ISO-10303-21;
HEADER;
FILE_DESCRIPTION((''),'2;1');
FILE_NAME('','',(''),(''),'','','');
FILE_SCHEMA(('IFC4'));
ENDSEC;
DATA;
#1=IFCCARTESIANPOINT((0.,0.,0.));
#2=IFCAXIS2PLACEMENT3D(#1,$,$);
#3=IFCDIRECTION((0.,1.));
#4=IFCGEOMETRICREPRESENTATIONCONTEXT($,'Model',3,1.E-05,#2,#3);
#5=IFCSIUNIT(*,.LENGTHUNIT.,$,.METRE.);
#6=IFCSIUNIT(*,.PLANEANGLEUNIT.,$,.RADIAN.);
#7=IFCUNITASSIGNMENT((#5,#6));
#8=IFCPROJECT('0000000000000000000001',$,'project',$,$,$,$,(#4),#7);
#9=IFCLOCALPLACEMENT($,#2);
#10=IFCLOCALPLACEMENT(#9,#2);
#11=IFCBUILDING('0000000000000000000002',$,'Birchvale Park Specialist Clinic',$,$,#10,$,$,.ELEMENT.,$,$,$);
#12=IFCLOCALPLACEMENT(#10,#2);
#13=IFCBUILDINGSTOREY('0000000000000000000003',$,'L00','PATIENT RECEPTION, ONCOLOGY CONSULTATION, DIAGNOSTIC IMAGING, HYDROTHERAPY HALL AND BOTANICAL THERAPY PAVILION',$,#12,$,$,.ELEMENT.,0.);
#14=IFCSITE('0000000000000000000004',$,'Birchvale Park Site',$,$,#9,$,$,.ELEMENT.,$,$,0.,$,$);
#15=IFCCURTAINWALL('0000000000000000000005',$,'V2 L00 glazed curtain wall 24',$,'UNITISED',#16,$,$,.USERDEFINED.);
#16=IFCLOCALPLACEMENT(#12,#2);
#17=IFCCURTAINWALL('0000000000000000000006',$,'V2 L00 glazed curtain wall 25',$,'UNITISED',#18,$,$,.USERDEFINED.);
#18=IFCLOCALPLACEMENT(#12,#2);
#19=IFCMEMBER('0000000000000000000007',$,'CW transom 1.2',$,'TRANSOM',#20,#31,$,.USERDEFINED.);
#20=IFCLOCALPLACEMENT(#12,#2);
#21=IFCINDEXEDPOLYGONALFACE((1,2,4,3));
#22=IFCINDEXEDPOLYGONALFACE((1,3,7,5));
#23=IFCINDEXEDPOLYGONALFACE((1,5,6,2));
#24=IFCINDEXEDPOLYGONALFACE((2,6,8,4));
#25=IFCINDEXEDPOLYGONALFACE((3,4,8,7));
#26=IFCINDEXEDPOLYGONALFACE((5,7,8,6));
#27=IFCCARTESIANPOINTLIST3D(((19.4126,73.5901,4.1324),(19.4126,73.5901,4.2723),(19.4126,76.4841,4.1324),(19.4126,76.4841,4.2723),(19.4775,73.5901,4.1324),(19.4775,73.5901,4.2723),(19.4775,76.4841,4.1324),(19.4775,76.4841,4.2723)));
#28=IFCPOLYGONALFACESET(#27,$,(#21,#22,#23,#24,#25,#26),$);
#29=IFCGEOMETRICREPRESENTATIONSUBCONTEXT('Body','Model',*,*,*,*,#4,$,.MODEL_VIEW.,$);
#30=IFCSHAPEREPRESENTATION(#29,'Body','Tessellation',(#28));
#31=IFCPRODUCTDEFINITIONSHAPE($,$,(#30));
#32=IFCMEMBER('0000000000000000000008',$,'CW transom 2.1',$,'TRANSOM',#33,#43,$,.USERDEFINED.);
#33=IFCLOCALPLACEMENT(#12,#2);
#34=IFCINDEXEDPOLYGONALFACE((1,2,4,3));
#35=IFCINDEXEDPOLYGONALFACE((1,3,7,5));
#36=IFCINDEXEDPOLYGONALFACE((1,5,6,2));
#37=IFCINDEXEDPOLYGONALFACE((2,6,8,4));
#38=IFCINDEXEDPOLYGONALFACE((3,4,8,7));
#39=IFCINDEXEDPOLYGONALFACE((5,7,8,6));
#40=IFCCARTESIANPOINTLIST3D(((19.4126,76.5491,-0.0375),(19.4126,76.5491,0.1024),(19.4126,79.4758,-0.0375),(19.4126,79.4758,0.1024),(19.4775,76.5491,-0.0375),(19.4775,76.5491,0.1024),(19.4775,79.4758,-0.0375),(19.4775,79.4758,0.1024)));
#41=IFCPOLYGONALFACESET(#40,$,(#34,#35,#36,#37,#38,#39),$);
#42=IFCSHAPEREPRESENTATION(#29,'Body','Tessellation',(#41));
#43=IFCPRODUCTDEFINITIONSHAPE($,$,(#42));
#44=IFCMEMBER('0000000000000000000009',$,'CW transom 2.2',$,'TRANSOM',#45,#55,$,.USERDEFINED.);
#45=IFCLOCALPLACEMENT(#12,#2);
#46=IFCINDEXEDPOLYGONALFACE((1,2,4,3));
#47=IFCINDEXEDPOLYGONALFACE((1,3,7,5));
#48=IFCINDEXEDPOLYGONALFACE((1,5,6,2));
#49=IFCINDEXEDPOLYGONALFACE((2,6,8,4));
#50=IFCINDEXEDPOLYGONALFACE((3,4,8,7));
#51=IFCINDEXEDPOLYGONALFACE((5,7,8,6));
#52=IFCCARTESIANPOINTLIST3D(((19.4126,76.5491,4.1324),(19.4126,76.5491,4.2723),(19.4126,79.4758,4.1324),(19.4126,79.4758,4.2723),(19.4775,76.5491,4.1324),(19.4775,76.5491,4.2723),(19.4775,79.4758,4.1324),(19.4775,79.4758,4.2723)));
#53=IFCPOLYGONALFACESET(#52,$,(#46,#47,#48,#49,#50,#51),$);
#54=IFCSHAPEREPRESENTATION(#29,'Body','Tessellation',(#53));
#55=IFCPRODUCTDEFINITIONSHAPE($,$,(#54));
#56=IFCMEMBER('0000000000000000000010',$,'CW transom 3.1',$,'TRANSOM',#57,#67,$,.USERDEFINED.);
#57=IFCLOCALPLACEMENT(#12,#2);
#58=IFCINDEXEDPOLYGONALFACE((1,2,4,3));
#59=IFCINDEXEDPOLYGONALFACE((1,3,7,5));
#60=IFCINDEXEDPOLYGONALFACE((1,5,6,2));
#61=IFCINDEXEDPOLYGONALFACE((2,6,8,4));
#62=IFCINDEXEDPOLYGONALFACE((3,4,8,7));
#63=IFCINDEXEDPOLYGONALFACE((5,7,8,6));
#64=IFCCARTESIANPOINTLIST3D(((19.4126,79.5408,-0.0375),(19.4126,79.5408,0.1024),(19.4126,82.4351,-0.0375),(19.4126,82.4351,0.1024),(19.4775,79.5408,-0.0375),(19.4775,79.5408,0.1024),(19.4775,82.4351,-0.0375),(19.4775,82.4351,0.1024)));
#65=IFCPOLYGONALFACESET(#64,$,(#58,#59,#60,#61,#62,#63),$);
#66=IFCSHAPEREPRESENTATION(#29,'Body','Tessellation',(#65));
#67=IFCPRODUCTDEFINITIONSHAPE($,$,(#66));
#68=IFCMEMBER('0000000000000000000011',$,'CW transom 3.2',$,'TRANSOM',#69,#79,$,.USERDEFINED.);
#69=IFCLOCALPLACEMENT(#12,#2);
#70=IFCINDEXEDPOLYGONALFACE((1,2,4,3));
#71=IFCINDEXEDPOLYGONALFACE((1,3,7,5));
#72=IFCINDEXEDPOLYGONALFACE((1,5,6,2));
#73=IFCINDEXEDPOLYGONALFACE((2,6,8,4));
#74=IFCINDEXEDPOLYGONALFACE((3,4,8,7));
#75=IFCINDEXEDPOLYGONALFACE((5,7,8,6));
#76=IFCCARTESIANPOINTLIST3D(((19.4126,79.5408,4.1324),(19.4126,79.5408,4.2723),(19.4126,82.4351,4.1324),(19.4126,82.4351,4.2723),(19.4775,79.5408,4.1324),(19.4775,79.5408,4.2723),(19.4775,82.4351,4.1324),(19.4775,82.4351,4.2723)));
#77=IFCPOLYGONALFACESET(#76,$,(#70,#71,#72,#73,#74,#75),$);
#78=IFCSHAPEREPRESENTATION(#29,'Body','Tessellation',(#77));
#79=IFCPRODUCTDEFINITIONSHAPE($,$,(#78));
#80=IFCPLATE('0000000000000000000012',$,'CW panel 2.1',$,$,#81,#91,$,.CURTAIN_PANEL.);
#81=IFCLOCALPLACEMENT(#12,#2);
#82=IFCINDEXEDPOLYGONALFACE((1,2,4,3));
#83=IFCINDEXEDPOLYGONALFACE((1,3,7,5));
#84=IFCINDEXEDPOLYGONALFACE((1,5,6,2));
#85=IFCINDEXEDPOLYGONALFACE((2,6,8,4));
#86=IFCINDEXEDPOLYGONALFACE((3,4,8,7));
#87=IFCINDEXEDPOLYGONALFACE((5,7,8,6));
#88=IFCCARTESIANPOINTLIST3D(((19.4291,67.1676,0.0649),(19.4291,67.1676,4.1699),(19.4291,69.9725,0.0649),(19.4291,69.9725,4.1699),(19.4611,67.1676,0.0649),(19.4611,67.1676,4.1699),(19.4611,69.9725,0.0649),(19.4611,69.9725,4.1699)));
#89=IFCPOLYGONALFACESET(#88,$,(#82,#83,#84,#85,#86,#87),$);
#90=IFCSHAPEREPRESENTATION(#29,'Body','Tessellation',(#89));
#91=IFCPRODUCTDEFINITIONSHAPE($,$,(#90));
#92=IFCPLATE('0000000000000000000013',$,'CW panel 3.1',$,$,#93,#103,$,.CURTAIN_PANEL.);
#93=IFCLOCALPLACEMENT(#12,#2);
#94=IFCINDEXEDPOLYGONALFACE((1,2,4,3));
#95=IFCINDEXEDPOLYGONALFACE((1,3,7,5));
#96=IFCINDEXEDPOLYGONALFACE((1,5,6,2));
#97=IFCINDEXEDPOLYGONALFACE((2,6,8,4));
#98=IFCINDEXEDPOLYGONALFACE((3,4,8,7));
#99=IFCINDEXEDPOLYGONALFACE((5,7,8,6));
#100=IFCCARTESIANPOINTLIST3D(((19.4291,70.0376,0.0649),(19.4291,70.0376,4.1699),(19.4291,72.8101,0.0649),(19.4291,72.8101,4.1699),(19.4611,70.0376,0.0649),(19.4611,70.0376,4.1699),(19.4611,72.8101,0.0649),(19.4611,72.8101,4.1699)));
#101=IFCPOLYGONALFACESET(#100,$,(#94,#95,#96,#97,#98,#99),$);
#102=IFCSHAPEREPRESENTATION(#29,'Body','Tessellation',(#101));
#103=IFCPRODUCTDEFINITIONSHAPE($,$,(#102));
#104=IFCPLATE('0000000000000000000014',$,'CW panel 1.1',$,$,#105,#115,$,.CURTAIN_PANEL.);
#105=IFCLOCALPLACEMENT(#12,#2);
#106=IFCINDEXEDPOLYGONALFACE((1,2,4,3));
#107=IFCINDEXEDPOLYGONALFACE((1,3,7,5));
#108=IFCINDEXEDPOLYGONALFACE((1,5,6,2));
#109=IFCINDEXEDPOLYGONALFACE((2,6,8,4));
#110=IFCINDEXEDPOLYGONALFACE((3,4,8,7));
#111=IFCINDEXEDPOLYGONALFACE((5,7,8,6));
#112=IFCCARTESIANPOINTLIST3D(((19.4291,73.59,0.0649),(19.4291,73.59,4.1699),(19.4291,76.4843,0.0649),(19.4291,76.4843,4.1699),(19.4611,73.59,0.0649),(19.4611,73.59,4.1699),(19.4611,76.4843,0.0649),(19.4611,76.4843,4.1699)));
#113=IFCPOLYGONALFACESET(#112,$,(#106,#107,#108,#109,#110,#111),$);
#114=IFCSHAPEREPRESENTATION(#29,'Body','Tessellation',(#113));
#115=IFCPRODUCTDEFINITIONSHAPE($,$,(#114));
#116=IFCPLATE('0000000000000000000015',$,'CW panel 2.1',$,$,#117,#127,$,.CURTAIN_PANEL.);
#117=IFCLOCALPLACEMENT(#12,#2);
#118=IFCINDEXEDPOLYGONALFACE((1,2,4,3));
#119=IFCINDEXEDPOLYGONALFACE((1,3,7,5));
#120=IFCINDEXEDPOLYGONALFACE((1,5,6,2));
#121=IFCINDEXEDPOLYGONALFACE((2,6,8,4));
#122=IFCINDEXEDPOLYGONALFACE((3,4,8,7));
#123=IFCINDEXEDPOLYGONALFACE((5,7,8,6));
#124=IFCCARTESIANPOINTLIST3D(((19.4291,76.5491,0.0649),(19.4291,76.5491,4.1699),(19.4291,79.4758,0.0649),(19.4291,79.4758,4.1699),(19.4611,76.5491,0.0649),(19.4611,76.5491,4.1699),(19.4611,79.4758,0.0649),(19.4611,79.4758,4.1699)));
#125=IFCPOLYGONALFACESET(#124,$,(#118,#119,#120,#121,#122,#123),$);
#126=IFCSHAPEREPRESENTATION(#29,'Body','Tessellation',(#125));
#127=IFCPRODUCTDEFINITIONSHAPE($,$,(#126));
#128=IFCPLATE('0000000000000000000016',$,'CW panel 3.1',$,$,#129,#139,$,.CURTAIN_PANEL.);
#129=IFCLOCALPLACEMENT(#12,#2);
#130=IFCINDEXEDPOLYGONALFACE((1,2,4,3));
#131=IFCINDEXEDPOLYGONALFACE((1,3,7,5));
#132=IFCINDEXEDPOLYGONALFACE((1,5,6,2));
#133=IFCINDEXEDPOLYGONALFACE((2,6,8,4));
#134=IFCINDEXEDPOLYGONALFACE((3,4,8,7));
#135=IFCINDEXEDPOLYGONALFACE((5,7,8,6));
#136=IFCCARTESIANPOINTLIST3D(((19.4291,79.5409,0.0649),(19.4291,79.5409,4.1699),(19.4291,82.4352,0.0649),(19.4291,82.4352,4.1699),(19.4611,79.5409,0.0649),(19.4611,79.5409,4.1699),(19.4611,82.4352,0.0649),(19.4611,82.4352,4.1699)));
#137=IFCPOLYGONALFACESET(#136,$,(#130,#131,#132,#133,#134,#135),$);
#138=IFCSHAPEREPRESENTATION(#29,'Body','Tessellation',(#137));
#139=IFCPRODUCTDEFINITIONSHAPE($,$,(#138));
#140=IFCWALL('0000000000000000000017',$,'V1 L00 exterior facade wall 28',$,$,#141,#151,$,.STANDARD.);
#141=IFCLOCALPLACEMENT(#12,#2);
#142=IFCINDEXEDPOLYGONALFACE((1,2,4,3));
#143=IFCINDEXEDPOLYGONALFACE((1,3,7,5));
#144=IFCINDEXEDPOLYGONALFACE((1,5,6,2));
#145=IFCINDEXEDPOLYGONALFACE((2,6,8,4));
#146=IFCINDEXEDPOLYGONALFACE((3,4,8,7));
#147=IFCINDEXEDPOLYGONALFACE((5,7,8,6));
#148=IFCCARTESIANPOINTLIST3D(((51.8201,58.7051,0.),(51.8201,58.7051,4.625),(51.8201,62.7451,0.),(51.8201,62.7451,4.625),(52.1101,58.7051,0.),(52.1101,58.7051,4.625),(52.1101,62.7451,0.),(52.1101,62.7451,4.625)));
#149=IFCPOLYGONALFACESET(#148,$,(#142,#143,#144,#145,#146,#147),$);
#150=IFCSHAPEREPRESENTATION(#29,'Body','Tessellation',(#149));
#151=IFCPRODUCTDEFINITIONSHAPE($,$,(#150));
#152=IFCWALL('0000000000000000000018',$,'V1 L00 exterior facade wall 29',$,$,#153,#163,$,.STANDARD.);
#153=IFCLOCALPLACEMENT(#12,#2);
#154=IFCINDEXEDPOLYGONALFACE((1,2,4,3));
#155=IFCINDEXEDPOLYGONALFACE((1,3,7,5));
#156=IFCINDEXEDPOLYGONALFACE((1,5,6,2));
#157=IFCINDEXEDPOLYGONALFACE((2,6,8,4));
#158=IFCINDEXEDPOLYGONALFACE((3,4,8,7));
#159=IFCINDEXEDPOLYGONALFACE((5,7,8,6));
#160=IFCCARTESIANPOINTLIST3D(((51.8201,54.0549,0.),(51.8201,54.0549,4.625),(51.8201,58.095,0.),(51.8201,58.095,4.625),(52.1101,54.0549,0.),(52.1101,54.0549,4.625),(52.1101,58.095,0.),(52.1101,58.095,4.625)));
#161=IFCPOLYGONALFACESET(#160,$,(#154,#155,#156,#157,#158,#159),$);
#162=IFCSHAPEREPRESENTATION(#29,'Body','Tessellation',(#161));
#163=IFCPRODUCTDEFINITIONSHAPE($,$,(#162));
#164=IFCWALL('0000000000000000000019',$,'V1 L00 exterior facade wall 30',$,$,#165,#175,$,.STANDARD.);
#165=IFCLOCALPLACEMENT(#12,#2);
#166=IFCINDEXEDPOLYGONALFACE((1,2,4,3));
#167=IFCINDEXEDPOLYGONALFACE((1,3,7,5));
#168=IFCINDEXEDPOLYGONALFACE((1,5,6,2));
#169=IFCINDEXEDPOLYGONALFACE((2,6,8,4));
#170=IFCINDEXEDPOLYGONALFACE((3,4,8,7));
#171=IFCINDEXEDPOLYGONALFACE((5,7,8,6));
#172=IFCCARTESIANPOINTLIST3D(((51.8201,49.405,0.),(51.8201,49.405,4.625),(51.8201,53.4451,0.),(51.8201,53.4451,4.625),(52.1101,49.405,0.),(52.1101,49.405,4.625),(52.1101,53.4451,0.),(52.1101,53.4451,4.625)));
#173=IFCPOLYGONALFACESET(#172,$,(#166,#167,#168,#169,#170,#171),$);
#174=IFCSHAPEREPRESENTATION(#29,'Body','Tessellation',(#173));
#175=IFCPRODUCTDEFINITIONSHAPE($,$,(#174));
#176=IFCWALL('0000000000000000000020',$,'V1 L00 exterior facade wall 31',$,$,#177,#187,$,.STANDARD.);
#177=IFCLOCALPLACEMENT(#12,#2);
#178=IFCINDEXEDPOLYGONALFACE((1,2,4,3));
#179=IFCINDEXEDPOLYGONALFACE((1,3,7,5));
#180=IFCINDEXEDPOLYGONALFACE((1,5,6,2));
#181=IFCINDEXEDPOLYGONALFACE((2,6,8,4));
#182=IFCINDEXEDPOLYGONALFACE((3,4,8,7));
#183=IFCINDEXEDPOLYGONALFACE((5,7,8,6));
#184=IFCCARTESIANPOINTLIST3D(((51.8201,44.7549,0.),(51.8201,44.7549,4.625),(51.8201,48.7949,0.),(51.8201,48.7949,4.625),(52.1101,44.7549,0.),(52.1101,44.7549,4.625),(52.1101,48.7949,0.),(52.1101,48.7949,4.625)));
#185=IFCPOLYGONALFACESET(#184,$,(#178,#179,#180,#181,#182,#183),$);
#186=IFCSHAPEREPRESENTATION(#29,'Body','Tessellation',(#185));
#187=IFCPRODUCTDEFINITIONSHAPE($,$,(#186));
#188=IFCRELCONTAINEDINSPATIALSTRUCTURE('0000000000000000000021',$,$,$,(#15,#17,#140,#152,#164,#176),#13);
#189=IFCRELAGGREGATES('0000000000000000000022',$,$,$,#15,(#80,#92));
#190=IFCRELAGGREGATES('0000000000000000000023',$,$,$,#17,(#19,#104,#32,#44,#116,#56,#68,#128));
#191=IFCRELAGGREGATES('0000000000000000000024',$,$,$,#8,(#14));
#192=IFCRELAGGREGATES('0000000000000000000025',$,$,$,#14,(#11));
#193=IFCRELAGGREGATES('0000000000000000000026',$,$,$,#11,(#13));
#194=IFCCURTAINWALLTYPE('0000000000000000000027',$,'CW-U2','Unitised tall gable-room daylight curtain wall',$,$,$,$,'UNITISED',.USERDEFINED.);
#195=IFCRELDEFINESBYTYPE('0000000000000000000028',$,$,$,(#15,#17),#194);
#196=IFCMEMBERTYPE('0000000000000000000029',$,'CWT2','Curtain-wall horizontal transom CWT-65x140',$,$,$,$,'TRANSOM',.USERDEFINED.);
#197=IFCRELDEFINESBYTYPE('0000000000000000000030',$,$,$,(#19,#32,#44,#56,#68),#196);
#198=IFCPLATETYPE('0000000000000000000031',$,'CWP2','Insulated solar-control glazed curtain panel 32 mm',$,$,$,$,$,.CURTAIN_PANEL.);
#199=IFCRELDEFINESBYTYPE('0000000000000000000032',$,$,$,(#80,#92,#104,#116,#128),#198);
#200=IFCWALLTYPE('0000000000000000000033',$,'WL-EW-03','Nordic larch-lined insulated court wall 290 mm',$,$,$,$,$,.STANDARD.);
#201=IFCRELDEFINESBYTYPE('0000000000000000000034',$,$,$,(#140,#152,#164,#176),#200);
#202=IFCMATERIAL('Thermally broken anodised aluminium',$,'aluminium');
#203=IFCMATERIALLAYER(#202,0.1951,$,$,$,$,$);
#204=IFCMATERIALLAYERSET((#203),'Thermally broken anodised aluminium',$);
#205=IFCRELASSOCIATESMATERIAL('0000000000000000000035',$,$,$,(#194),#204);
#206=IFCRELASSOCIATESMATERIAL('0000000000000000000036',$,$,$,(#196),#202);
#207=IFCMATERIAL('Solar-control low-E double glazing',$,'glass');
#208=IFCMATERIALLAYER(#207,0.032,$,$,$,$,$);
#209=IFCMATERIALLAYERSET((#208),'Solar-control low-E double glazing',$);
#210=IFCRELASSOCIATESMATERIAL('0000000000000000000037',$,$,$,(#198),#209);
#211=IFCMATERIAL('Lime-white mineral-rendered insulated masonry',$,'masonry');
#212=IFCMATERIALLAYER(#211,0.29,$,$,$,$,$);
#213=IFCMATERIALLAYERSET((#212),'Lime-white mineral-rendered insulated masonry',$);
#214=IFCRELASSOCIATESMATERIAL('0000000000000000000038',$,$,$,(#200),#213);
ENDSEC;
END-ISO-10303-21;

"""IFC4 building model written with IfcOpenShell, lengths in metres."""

from ifc_helpers import new_model, si_unit, direction, frame, frame_2d, origin, origin_2d, place, context, subcontext, project, spatial, rectangle, extrude, material, layer, layer_set, material_profile, profile_set, type_object, element, aggregate, save


model = new_model("IFC4")

# Units and contexts
model_context = context("Model", 3, precision=1e-05, world=origin(), true_north=direction((0.0, 1.0)))
body_context = subcontext(model_context, "Body", "Model", "MODEL_VIEW")
ifc_project = project(units=[si_unit("LENGTHUNIT", "METRE"), si_unit("PLANEANGLEUNIT", "RADIAN")], contexts=[model_context])

# Site, building, storey
site_placement = place(None, origin())
site = spatial("IfcSite", under=ifc_project, at=site_placement, Name="Birchvale Park Site", CompositionType="ELEMENT", RefElevation=0.0)
building_placement = place(site_placement, origin())
building = spatial("IfcBuilding", under=site, at=building_placement, Name="Birchvale Park Specialist Clinic", CompositionType="ELEMENT")
storey_placement = place(building_placement, origin())
storey = spatial("IfcBuildingStorey", under=building, at=storey_placement, Name="L00", Description="PATIENT RECEPTION, ONCOLOGY CONSULTATION, DIAGNOSTIC IMAGING, HYDROTHERAPY HALL AND BOTANICAL THERAPY PAVILION", CompositionType="ELEMENT", Elevation=0.0)

# Curtain walls
ifc_material_1 = material(Name="Thermally broken anodised aluminium", Category="aluminium")
ifc_layer_1 = layer(ifc_material_1, 0.1951)
ifc_layer_set_1 = layer_set([ifc_layer_1], Name="Thermally broken anodised aluminium")
curtain_wall_type = type_object("IfcCurtainWallType", Name="CW-U2", Description="Unitised tall gable-room daylight curtain wall", ElementType="UNITISED", PredefinedType="USERDEFINED", material=ifc_layer_set_1)
curtain_wall_1_placement = place(storey_placement, origin())
curtain_wall_1 = element("IfcCurtainWall", 1, at=curtain_wall_1_placement, inside=storey, type_object=curtain_wall_type, Name="V2 L00 glazed curtain wall 24", ObjectType="UNITISED", PredefinedType="USERDEFINED")
curtain_wall_2_placement = place(storey_placement, origin())
curtain_wall_2 = element("IfcCurtainWall", 2, at=curtain_wall_2_placement, inside=storey, type_object=curtain_wall_type, Name="V2 L00 glazed curtain wall 25", ObjectType="UNITISED", PredefinedType="USERDEFINED")

# Members
ifc_material_profile_1 = material_profile(ifc_material_1, rectangle(XDim=0.0649, YDim=0.1399, at=origin_2d()), Name="CWT-65x140")
ifc_profile_set_1 = profile_set([ifc_material_profile_1], Name="Thermally broken anodised aluminium")
member_type_1 = type_object("IfcMemberType", Name="CWT2", Description="Curtain-wall horizontal transom CWT-65x140", ElementType="TRANSOM", PredefinedType="USERDEFINED", material=ifc_profile_set_1)
member_1_placement = place(storey_placement, frame((19.4451, 73.5901, 4.2024), z_axis=(0.0, 1.0, 0.0), x_axis=(-1.0, 0.0, 0.0)))
member_1 = element("IfcMember", 3, at=member_1_placement, type_object=member_type_1, Name="CW transom 1.2", ObjectType="TRANSOM", PredefinedType="USERDEFINED", context=body_context, shape_type="SweptSolid", body=[
    extrude(rectangle(XDim=0.0649, YDim=0.1399, at=origin_2d()), origin(), (0.0, 0.0, 1.0), 2.894),
])
member_2_placement = place(storey_placement, frame((19.4451, 76.5491, 0.0325), z_axis=(0.0, 1.0, 0.0), x_axis=(-1.0, 0.0, 0.0)))
member_2 = element("IfcMember", 4, at=member_2_placement, type_object=member_type_1, Name="CW transom 2.1", ObjectType="TRANSOM", PredefinedType="USERDEFINED", context=body_context, shape_type="SweptSolid", body=[
    extrude(rectangle(XDim=0.0649, YDim=0.1399, at=origin_2d()), origin(), (0.0, 0.0, 1.0), 2.9268),
])
member_3_placement = place(storey_placement, frame((19.4451, 76.5491, 4.2024), z_axis=(0.0, 1.0, 0.0), x_axis=(-1.0, 0.0, 0.0)))
member_3 = element("IfcMember", 5, at=member_3_placement, type_object=member_type_1, Name="CW transom 2.2", ObjectType="TRANSOM", PredefinedType="USERDEFINED", context=body_context, shape_type="SweptSolid", body=[
    extrude(rectangle(XDim=0.0649, YDim=0.1399, at=origin_2d()), origin(), (0.0, 0.0, 1.0), 2.9268),
])
member_4_placement = place(storey_placement, frame((19.4451, 79.5408, 0.0325), z_axis=(0.0, 1.0, 0.0), x_axis=(-1.0, 0.0, 0.0)))
member_4 = element("IfcMember", 6, at=member_4_placement, type_object=member_type_1, Name="CW transom 3.1", ObjectType="TRANSOM", PredefinedType="USERDEFINED", context=body_context, shape_type="SweptSolid", body=[
    extrude(rectangle(XDim=0.0649, YDim=0.1399, at=origin_2d()), origin(), (0.0, 0.0, 1.0), 2.8943),
])
member_5_placement = place(storey_placement, frame((19.4451, 79.5408, 4.2024), z_axis=(0.0, 1.0, 0.0), x_axis=(-1.0, 0.0, 0.0)))
member_5 = element("IfcMember", 7, at=member_5_placement, type_object=member_type_1, Name="CW transom 3.2", ObjectType="TRANSOM", PredefinedType="USERDEFINED", context=body_context, shape_type="SweptSolid", body=[
    extrude(rectangle(XDim=0.0649, YDim=0.1399, at=origin_2d()), origin(), (0.0, 0.0, 1.0), 2.8943),
])

# Plates
ifc_material_2 = material(Name="Solar-control low-E double glazing", Category="glass")
ifc_layer_2 = layer(ifc_material_2, 0.032)
ifc_layer_set_2 = layer_set([ifc_layer_2], Name="Solar-control low-E double glazing")
plate_type = type_object("IfcPlateType", Name="CWP2", Description="Insulated solar-control glazed curtain panel 32 mm", PredefinedType="CURTAIN_PANEL", material=ifc_layer_set_2)
plate_1_placement = place(storey_placement, frame((19.4451, 68.5701, 0.0649), z_axis=(0.0, 0.0, 1.0), x_axis=(0.0, 1.0, 0.0)))
plate_1 = element("IfcPlate", 8, at=plate_1_placement, type_object=plate_type, Name="CW panel 2.1", PredefinedType="CURTAIN_PANEL", context=body_context, shape_type="SweptSolid", body=[
    extrude(rectangle(XDim=2.8049, YDim=0.032, at=origin_2d()), origin(), (0.0, 0.0, 1.0), 4.105),
])
plate_2_placement = place(storey_placement, frame((19.4451, 71.4238, 0.0649), z_axis=(0.0, 0.0, 1.0), x_axis=(0.0, 1.0, 0.0)))
plate_2 = element("IfcPlate", 9, at=plate_2_placement, type_object=plate_type, Name="CW panel 3.1", PredefinedType="CURTAIN_PANEL", context=body_context, shape_type="SweptSolid", body=[
    extrude(rectangle(XDim=2.7725, YDim=0.032, at=origin_2d()), origin(), (0.0, 0.0, 1.0), 4.105),
])
aggregate(curtain_wall_1, [plate_1, plate_2])
plate_3_placement = place(storey_placement, frame((19.4451, 75.0371, 0.0649), z_axis=(0.0, 0.0, 1.0), x_axis=(0.0, 1.0, 0.0)))
plate_3 = element("IfcPlate", 10, at=plate_3_placement, type_object=plate_type, Name="CW panel 1.1", PredefinedType="CURTAIN_PANEL", context=body_context, shape_type="SweptSolid", body=[
    extrude(rectangle(XDim=2.8943, YDim=0.032, at=origin_2d()), origin(), (0.0, 0.0, 1.0), 4.105),
])
plate_4_placement = place(storey_placement, frame((19.4451, 78.0125, 0.0649), z_axis=(0.0, 0.0, 1.0), x_axis=(0.0, 1.0, 0.0)))
plate_4 = element("IfcPlate", 11, at=plate_4_placement, type_object=plate_type, Name="CW panel 2.1", PredefinedType="CURTAIN_PANEL", context=body_context, shape_type="SweptSolid", body=[
    extrude(rectangle(XDim=2.9268, YDim=0.032, at=origin_2d()), origin(), (0.0, 0.0, 1.0), 4.105),
])
plate_5_placement = place(storey_placement, frame((19.4451, 80.988, 0.0649), z_axis=(0.0, 0.0, 1.0), x_axis=(0.0, 1.0, 0.0)))
plate_5 = element("IfcPlate", 12, at=plate_5_placement, type_object=plate_type, Name="CW panel 3.1", PredefinedType="CURTAIN_PANEL", context=body_context, shape_type="SweptSolid", body=[
    extrude(rectangle(XDim=2.8943, YDim=0.032, at=origin_2d()), origin(), (0.0, 0.0, 1.0), 4.105),
])
aggregate(curtain_wall_2, [member_1, plate_3, member_2, member_3, plate_4, member_4, member_5, plate_5])

# Walls
ifc_material_3 = material(Name="Lime-white mineral-rendered insulated masonry", Category="masonry")
ifc_layer_3 = layer(ifc_material_3, 0.29)
ifc_layer_set_3 = layer_set([ifc_layer_3], Name="Lime-white mineral-rendered insulated masonry")
wall_type = type_object("IfcWallType", Name="WL-EW-03", Description="Nordic larch-lined insulated court wall 290 mm", PredefinedType="STANDARD", material=ifc_layer_set_3)
for number, where, z_axis, x_axis, name in (
    (13, (51.9651, 62.7451, 0.0), (0.0, 0.0, 1.0), (0.0, -1.0, 0.0), "V1 L00 exterior facade wall 28"),
    (14, (51.9651, 58.095, 0.0), (0.0, 0.0, 1.0), (0.0, -1.0, 0.0), "V1 L00 exterior facade wall 29"),
    (15, (51.9651, 53.4451, 0.0), (0.0, 0.0, 1.0), (0.0, -1.0, 0.0), "V1 L00 exterior facade wall 30"),
    (16, (51.9651, 48.7949, 0.0), (0.0, 0.0, 1.0), (0.0, -1.0, 0.0), "V1 L00 exterior facade wall 31"),
):
    element("IfcWall", number, at=place(storey_placement, frame(where, z_axis=z_axis, x_axis=x_axis)), inside=storey, type_object=wall_type, Name=name, PredefinedType="STANDARD", context=body_context, shape_type="SweptSolid", body=[
        extrude(rectangle(XDim=4.04, YDim=0.29, at=frame_2d((2.02, 0.0))), origin(), (0.0, 0.0, 1.0), 4.625),
    ])

save(model, "model.ifc")
